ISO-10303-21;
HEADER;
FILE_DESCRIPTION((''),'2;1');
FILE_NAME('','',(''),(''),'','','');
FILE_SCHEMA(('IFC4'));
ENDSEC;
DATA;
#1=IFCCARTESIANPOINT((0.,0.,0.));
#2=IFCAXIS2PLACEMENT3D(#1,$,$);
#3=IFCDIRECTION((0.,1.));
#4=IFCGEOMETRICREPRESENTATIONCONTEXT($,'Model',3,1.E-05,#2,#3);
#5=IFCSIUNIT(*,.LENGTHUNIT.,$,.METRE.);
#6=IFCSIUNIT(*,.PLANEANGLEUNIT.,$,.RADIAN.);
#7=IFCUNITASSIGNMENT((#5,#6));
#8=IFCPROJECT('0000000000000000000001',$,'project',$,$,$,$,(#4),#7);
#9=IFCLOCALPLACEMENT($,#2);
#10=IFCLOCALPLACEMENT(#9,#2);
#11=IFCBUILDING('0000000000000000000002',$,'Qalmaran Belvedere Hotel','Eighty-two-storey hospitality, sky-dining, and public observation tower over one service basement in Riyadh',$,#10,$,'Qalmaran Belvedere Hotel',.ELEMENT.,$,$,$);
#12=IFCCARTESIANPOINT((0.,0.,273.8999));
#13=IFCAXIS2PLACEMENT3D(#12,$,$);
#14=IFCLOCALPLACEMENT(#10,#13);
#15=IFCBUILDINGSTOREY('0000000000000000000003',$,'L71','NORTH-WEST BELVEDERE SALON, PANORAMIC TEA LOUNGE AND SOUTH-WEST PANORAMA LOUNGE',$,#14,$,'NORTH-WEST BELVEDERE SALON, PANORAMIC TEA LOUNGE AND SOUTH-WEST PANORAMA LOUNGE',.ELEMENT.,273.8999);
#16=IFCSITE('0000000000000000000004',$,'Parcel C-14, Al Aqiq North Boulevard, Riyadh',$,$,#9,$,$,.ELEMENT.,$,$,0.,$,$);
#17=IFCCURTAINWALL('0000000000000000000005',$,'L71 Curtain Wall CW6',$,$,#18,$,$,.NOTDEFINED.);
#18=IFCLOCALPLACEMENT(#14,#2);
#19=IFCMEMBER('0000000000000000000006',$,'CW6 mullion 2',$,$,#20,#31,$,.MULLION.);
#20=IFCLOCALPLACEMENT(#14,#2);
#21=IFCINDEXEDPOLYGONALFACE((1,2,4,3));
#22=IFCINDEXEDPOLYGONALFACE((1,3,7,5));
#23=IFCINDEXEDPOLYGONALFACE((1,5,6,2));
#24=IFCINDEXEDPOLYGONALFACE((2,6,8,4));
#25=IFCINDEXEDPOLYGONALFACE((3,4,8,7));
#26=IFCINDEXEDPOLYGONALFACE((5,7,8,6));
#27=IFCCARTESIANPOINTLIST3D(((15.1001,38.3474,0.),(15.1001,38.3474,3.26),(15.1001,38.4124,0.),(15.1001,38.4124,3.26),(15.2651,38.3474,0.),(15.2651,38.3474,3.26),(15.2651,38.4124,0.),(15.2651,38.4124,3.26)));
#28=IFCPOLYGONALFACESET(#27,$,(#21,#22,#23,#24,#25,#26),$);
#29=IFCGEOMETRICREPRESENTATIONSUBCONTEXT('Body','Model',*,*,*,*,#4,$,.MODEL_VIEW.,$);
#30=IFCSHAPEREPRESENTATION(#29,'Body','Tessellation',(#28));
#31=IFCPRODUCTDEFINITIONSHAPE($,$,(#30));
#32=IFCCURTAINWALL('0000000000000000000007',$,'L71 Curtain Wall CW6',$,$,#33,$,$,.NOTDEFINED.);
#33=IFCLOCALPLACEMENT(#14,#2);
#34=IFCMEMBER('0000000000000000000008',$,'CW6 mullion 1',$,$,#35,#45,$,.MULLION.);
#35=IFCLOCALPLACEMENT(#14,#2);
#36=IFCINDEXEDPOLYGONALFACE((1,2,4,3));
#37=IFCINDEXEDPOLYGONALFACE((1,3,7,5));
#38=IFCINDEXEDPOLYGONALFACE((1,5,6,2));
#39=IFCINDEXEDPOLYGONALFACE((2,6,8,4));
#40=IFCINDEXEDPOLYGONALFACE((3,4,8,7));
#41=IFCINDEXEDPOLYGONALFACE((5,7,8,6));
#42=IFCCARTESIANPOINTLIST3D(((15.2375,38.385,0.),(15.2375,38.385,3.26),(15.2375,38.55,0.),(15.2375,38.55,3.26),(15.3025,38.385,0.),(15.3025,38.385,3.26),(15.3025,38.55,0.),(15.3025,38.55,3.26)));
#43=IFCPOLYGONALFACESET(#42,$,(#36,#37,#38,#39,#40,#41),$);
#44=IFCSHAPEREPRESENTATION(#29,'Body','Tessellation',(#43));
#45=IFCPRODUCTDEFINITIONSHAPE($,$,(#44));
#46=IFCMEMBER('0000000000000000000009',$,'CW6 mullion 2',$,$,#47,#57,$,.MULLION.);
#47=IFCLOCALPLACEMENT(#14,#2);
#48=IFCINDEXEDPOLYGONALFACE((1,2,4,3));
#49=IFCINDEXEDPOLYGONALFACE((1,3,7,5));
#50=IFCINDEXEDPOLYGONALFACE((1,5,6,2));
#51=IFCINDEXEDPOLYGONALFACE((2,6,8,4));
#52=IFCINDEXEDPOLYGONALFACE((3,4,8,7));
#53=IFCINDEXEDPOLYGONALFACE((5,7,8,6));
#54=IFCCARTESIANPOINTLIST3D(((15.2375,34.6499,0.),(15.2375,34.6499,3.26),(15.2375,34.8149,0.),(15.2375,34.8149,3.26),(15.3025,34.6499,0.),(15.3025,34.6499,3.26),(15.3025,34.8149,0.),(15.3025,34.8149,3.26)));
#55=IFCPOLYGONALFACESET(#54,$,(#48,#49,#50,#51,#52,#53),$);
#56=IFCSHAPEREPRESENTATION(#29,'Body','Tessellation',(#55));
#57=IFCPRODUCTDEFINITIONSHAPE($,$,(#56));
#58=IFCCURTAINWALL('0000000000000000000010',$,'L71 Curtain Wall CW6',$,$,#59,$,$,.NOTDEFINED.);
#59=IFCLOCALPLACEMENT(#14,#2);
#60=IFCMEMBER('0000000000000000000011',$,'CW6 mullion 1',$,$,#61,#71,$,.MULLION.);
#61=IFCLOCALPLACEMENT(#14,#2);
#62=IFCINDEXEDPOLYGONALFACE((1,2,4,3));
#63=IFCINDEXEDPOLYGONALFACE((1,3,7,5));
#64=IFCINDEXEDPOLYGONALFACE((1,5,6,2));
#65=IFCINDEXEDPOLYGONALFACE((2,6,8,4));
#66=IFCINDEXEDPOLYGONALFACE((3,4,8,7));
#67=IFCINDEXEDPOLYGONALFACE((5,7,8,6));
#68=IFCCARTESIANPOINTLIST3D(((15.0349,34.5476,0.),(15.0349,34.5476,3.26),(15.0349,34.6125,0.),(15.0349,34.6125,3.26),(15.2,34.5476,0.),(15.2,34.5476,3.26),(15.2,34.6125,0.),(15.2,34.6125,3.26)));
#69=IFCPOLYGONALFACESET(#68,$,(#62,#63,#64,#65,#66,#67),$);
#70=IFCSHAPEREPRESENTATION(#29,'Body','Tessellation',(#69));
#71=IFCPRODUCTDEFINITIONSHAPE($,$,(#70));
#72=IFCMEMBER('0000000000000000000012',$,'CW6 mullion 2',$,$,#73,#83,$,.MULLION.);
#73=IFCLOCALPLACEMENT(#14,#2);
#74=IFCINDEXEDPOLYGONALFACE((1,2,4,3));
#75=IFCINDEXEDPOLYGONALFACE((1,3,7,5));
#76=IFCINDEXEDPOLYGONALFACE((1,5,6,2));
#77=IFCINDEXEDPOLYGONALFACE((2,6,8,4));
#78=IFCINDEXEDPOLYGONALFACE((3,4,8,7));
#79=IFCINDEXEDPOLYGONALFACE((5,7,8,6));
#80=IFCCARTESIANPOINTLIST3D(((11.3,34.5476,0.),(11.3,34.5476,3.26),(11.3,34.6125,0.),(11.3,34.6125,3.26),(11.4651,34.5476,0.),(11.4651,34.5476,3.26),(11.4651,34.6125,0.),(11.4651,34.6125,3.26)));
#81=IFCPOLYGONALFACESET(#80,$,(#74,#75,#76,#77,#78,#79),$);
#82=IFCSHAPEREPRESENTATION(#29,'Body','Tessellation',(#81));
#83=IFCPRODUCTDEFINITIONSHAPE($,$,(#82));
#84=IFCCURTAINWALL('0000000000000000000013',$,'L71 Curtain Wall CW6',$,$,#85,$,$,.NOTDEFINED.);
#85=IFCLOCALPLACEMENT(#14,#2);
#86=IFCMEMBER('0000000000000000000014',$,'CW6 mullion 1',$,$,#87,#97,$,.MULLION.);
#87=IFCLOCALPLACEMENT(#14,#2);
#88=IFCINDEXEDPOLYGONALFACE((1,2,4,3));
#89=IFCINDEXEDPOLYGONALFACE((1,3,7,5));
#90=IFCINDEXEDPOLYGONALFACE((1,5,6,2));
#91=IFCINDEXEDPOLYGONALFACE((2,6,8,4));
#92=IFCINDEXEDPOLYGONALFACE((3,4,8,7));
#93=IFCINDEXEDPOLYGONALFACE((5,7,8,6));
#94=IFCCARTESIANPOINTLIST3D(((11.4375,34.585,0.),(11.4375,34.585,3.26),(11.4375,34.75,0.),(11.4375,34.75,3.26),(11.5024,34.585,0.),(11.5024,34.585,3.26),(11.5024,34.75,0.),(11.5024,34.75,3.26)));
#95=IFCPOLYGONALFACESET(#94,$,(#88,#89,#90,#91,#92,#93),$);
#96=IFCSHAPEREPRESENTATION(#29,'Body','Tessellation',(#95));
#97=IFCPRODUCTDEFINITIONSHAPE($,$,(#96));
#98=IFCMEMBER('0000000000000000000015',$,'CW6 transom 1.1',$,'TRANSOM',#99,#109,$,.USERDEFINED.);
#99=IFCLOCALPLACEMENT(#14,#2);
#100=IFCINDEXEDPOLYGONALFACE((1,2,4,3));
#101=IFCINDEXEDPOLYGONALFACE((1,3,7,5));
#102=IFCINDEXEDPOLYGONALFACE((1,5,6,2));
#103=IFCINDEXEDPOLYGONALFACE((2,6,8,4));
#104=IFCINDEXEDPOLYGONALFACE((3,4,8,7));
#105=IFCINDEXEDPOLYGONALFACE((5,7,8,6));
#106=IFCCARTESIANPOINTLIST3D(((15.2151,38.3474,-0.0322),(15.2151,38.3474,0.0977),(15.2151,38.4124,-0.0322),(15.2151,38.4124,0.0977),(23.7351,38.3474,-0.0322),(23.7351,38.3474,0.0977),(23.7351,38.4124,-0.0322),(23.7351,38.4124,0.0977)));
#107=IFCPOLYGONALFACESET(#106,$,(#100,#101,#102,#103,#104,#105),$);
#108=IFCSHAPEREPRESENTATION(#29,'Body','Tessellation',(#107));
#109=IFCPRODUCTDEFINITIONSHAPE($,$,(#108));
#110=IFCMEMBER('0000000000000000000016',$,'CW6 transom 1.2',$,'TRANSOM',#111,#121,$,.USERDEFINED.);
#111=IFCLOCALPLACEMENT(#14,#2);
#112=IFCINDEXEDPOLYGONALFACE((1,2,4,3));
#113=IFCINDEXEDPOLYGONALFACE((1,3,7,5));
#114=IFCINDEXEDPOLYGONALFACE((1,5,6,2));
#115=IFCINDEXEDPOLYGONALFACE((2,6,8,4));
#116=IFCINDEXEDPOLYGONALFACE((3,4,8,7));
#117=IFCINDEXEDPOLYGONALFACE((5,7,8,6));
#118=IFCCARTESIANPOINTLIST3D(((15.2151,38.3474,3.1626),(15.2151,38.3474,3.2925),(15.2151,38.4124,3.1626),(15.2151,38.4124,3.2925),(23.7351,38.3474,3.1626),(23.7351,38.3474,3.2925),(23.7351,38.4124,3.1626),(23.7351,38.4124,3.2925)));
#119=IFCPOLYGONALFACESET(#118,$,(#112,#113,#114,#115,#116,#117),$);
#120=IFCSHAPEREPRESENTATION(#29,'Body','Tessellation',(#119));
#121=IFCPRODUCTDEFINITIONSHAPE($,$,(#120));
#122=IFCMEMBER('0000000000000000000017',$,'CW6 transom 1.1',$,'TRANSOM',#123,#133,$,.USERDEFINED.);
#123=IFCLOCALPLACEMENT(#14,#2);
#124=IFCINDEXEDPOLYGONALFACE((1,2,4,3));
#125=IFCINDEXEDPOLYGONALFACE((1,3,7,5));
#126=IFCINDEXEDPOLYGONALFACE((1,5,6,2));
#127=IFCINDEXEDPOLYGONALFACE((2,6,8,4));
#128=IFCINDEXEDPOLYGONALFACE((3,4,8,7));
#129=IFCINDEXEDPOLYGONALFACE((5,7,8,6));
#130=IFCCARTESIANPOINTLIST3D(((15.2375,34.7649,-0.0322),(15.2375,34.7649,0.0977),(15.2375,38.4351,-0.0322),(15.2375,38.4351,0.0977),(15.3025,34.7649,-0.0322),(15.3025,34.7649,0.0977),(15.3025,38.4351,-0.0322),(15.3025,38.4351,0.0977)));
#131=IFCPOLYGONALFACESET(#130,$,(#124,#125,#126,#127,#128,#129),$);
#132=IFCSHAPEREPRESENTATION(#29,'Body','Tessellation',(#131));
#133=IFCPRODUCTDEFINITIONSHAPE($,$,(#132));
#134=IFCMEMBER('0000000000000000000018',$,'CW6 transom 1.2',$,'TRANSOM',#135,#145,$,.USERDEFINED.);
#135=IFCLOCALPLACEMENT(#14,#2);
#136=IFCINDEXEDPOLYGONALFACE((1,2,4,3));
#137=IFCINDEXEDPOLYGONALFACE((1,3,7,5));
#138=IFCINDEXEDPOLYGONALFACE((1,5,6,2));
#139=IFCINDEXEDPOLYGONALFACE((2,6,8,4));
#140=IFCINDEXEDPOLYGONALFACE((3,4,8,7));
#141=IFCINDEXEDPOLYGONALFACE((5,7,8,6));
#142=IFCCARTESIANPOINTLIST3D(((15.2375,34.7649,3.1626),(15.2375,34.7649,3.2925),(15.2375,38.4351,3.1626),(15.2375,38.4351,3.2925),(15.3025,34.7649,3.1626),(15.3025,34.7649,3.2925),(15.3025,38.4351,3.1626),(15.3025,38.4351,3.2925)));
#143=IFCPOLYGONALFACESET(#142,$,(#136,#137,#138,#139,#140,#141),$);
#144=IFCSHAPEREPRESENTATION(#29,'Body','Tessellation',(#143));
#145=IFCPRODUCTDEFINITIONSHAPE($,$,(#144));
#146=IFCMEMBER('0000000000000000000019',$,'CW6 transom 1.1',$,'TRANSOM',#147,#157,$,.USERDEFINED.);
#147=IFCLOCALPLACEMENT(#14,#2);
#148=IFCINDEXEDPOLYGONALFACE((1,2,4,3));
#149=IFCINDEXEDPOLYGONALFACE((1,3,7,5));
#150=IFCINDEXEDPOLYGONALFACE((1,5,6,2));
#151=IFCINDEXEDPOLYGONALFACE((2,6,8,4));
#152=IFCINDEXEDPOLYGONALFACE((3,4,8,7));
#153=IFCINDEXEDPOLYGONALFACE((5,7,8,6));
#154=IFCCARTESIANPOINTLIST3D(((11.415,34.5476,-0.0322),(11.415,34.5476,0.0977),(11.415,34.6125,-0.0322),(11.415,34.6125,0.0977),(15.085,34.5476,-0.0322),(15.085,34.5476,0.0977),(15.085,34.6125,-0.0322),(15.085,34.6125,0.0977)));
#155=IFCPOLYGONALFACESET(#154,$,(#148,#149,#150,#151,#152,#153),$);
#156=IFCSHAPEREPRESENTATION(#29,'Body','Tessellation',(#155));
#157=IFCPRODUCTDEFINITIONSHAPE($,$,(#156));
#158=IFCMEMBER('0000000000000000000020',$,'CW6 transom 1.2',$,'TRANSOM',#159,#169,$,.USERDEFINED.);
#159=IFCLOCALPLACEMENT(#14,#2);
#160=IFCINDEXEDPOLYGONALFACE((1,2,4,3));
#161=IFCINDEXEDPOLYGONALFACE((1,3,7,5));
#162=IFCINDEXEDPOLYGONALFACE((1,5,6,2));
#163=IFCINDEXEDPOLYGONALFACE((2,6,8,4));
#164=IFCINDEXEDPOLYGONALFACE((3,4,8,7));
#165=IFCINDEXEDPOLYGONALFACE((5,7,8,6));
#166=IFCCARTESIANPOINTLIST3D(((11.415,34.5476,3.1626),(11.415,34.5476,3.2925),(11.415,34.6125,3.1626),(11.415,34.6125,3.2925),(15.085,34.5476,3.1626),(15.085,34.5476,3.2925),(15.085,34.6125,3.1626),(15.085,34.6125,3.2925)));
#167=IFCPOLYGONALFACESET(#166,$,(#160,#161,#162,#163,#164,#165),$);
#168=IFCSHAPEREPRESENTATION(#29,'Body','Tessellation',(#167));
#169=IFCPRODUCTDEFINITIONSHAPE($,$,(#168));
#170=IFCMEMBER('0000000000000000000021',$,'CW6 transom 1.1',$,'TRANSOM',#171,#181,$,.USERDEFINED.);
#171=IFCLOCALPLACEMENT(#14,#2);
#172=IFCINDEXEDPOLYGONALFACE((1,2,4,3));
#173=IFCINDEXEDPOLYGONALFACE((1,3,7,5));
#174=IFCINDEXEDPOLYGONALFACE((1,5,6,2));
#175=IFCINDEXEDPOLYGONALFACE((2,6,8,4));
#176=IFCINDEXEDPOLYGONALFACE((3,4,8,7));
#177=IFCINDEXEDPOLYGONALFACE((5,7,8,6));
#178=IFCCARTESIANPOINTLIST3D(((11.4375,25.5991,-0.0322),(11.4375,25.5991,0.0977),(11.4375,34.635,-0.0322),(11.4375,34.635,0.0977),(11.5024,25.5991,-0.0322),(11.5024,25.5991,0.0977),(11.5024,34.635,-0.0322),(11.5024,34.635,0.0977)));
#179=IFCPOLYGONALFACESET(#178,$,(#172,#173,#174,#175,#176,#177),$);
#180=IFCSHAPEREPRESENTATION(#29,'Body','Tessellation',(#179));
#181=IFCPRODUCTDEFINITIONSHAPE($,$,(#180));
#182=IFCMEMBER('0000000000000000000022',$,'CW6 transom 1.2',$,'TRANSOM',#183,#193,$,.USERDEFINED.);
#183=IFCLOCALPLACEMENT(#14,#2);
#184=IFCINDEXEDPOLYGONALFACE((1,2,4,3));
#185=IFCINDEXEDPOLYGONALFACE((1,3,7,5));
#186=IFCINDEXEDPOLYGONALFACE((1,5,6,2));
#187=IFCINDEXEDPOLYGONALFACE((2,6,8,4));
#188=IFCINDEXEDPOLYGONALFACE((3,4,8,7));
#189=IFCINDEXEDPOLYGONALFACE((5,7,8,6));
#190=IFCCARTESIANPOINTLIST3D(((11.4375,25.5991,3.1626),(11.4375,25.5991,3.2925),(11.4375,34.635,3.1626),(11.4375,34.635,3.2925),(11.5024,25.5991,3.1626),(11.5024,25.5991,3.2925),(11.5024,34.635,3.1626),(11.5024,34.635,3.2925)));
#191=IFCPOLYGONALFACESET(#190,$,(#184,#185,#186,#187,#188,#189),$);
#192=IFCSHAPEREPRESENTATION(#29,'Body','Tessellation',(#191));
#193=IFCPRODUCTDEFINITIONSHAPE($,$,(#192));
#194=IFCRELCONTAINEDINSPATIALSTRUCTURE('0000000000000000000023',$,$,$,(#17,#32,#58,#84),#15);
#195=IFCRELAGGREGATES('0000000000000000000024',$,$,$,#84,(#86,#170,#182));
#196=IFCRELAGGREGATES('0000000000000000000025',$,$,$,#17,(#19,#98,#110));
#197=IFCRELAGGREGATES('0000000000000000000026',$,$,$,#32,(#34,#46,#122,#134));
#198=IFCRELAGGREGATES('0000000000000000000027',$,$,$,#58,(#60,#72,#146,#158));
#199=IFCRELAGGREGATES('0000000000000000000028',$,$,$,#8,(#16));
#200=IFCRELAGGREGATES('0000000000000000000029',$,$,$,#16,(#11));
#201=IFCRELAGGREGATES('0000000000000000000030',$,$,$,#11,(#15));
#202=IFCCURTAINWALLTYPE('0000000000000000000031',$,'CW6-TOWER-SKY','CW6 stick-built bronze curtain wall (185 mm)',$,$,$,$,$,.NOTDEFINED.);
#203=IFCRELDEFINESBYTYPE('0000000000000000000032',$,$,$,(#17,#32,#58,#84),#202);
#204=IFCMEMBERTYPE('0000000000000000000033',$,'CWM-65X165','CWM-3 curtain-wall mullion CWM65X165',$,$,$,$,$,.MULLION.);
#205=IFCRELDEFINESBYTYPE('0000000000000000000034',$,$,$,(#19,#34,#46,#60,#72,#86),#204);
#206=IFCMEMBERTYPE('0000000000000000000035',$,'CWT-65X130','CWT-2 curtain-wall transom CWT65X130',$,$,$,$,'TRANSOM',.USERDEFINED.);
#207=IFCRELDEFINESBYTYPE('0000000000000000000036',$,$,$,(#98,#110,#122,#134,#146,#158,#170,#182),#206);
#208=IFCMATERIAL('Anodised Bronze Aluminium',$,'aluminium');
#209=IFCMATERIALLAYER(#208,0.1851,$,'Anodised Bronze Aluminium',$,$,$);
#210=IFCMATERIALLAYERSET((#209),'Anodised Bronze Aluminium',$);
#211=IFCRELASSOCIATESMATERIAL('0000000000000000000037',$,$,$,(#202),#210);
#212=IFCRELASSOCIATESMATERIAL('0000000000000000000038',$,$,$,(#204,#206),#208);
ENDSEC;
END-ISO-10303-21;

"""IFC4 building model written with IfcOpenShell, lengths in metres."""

from ifc_helpers import new_model, si_unit, direction, frame, origin, origin_2d, place, context, subcontext, project, spatial, rectangle, extrude, material, layer, layer_set, material_profile, profile_set, type_object, element, aggregate, save


model = new_model("IFC4")

# Units and contexts
model_context = context("Model", 3, precision=1e-05, world=origin(), true_north=direction((0.0, 1.0)))
body_context = subcontext(model_context, "Body", "Model", "MODEL_VIEW")
ifc_project = project(units=[si_unit("LENGTHUNIT", "METRE"), si_unit("PLANEANGLEUNIT", "RADIAN")], contexts=[model_context])

# Site, building, storey
site_placement = place(None, origin())
site = spatial("IfcSite", under=ifc_project, at=site_placement, Name="Parcel C-14, Al Aqiq North Boulevard, Riyadh", CompositionType="ELEMENT", RefElevation=0.0)
building_placement = place(site_placement, origin())
building = spatial("IfcBuilding", under=site, at=building_placement, Name="Qalmaran Belvedere Hotel", Description="Eighty-two-storey hospitality, sky-dining, and public observation tower over one service basement in Riyadh", LongName="Qalmaran Belvedere Hotel", CompositionType="ELEMENT")
storey_placement = place(building_placement, frame((0.0, 0.0, 273.8999)))
storey = spatial("IfcBuildingStorey", under=building, at=storey_placement, Name="L71", Description="NORTH-WEST BELVEDERE SALON, PANORAMIC TEA LOUNGE AND SOUTH-WEST PANORAMA LOUNGE", LongName="NORTH-WEST BELVEDERE SALON, PANORAMIC TEA LOUNGE AND SOUTH-WEST PANORAMA LOUNGE", CompositionType="ELEMENT", Elevation=273.8999)

# Curtain walls, members
ifc_material_1 = material(Name="Anodised Bronze Aluminium", Category="aluminium")
ifc_layer_1 = layer(ifc_material_1, 0.1851, Name="Anodised Bronze Aluminium")
ifc_layer_set_1 = layer_set([ifc_layer_1], Name="Anodised Bronze Aluminium")
curtain_wall_type = type_object("IfcCurtainWallType", Name="CW6-TOWER-SKY", Description="CW6 stick-built bronze curtain wall (185 mm)", PredefinedType="NOTDEFINED", material=ifc_layer_set_1)
curtain_wall_1_placement = place(storey_placement, origin())
curtain_wall_1 = element("IfcCurtainWall", 1, at=curtain_wall_1_placement, inside=storey, type_object=curtain_wall_type, Name="L71 Curtain Wall CW6", PredefinedType="NOTDEFINED")
ifc_material_profile_1 = material_profile(ifc_material_1, rectangle(XDim=0.0649, YDim=0.165, at=origin_2d()), Name="CWM65X165")
ifc_profile_set_1 = profile_set([ifc_material_profile_1], Name="Anodised Bronze Aluminium")
member_type_1 = type_object("IfcMemberType", Name="CWM-65X165", Description="CWM-3 curtain-wall mullion CWM65X165", PredefinedType="MULLION", material=ifc_profile_set_1)
member_1_placement = place(storey_placement, frame((15.1826, 38.3799, 0.0), z_axis=(0.0, 0.0, 1.0), x_axis=(0.0, -1.0, 0.0)))
member_1 = element("IfcMember", 2, at=member_1_placement, type_object=member_type_1, Name="CW6 mullion 2", PredefinedType="MULLION", context=body_context, shape_type="SweptSolid", body=[
    extrude(rectangle(XDim=0.0649, YDim=0.165, at=origin_2d()), origin(), (0.0, 0.0, 1.0), 3.26),
])
curtain_wall_2_placement = place(storey_placement, origin())
curtain_wall_2 = element("IfcCurtainWall", 3, at=curtain_wall_2_placement, inside=storey, type_object=curtain_wall_type, Name="L71 Curtain Wall CW6", PredefinedType="NOTDEFINED")
member_2_placement = place(storey_placement, frame((15.27, 38.4675, 0.0), z_axis=(0.0, 0.0, 1.0), x_axis=(1.0, 0.0, 0.0)))
member_2 = element("IfcMember", 4, at=member_2_placement, type_object=member_type_1, Name="CW6 mullion 1", PredefinedType="MULLION", context=body_context, shape_type="SweptSolid", body=[
    extrude(rectangle(XDim=0.0649, YDim=0.165, at=origin_2d()), origin(), (0.0, 0.0, 1.0), 3.26),
])
member_3_placement = place(storey_placement, frame((15.27, 34.7324, 0.0), z_axis=(0.0, 0.0, 1.0), x_axis=(1.0, 0.0, 0.0)))
member_3 = element("IfcMember", 5, at=member_3_placement, type_object=member_type_1, Name="CW6 mullion 2", PredefinedType="MULLION", context=body_context, shape_type="SweptSolid", body=[
    extrude(rectangle(XDim=0.0649, YDim=0.165, at=origin_2d()), origin(), (0.0, 0.0, 1.0), 3.26),
])
curtain_wall_3_placement = place(storey_placement, origin())
curtain_wall_3 = element("IfcCurtainWall", 6, at=curtain_wall_3_placement, inside=storey, type_object=curtain_wall_type, Name="L71 Curtain Wall CW6", PredefinedType="NOTDEFINED")
member_4_placement = place(storey_placement, frame((15.1174, 34.5801, 0.0), z_axis=(0.0, 0.0, 1.0), x_axis=(0.0, -1.0, 0.0)))
member_4 = element("IfcMember", 7, at=member_4_placement, type_object=member_type_1, Name="CW6 mullion 1", PredefinedType="MULLION", context=body_context, shape_type="SweptSolid", body=[
    extrude(rectangle(XDim=0.0649, YDim=0.165, at=origin_2d()), origin(), (0.0, 0.0, 1.0), 3.26),
])
member_5_placement = place(storey_placement, frame((11.3826, 34.5801, 0.0), z_axis=(0.0, 0.0, 1.0), x_axis=(0.0, -1.0, 0.0)))
member_5 = element("IfcMember", 8, at=member_5_placement, type_object=member_type_1, Name="CW6 mullion 2", PredefinedType="MULLION", context=body_context, shape_type="SweptSolid", body=[
    extrude(rectangle(XDim=0.0649, YDim=0.165, at=origin_2d()), origin(), (0.0, 0.0, 1.0), 3.26),
])

# Curtain wall, member
curtain_wall_4_placement = place(storey_placement, origin())
curtain_wall_4 = element("IfcCurtainWall", 9, at=curtain_wall_4_placement, inside=storey, type_object=curtain_wall_type, Name="L71 Curtain Wall CW6", PredefinedType="NOTDEFINED")
member_6_placement = place(storey_placement, frame((11.47, 34.6675, 0.0), z_axis=(0.0, 0.0, 1.0), x_axis=(1.0, 0.0, 0.0)))
member_6 = element("IfcMember", 10, at=member_6_placement, type_object=member_type_1, Name="CW6 mullion 1", PredefinedType="MULLION", context=body_context, shape_type="SweptSolid", body=[
    extrude(rectangle(XDim=0.0649, YDim=0.165, at=origin_2d()), origin(), (0.0, 0.0, 1.0), 3.26),
])

# Members
ifc_material_profile_2 = material_profile(ifc_material_1, rectangle(XDim=0.0649, YDim=0.1299, at=origin_2d()), Name="CWT65X130")
ifc_profile_set_2 = profile_set([ifc_material_profile_2], Name="Anodised Bronze Aluminium")
member_type_2 = type_object("IfcMemberType", Name="CWT-65X130", Description="CWT-2 curtain-wall transom CWT65X130", ElementType="TRANSOM", PredefinedType="USERDEFINED", material=ifc_profile_set_2)
member_7_placement = place(storey_placement, frame((23.7351, 38.3799, 0.0327), z_axis=(-1.0, 0.0, 0.0), x_axis=(0.0, -1.0, 0.0)))
member_7 = element("IfcMember", 11, at=member_7_placement, type_object=member_type_2, Name="CW6 transom 1.1", ObjectType="TRANSOM", PredefinedType="USERDEFINED", context=body_context, shape_type="SweptSolid", body=[
    extrude(rectangle(XDim=0.0649, YDim=0.1299, at=origin_2d()), origin(), (0.0, 0.0, 1.0), 8.52),
])
member_8_placement = place(storey_placement, frame((23.7351, 38.3799, 3.2275), z_axis=(-1.0, 0.0, 0.0), x_axis=(0.0, -1.0, 0.0)))
member_8 = element("IfcMember", 12, at=member_8_placement, type_object=member_type_2, Name="CW6 transom 1.2", ObjectType="TRANSOM", PredefinedType="USERDEFINED", context=body_context, shape_type="SweptSolid", body=[
    extrude(rectangle(XDim=0.0649, YDim=0.1299, at=origin_2d()), origin(), (0.0, 0.0, 1.0), 8.52),
])
member_9_placement = place(storey_placement, frame((15.27, 38.4351, 0.0327), z_axis=(0.0, -1.0, 0.0), x_axis=(1.0, 0.0, 0.0)))
member_9 = element("IfcMember", 13, at=member_9_placement, type_object=member_type_2, Name="CW6 transom 1.1", ObjectType="TRANSOM", PredefinedType="USERDEFINED", context=body_context, shape_type="SweptSolid", body=[
    extrude(rectangle(XDim=0.0649, YDim=0.1299, at=origin_2d()), origin(), (0.0, 0.0, 1.0), 3.6702),
])
member_10_placement = place(storey_placement, frame((15.27, 38.4351, 3.2275), z_axis=(0.0, -1.0, 0.0), x_axis=(1.0, 0.0, 0.0)))
member_10 = element("IfcMember", 14, at=member_10_placement, type_object=member_type_2, Name="CW6 transom 1.2", ObjectType="TRANSOM", PredefinedType="USERDEFINED", context=body_context, shape_type="SweptSolid", body=[
    extrude(rectangle(XDim=0.0649, YDim=0.1299, at=origin_2d()), origin(), (0.0, 0.0, 1.0), 3.6702),
])
member_11_placement = place(storey_placement, frame((15.085, 34.5801, 0.0327), z_axis=(-1.0, 0.0, 0.0), x_axis=(0.0, -1.0, 0.0)))
member_11 = element("IfcMember", 15, at=member_11_placement, type_object=member_type_2, Name="CW6 transom 1.1", ObjectType="TRANSOM", PredefinedType="USERDEFINED", context=body_context, shape_type="SweptSolid", body=[
    extrude(rectangle(XDim=0.0649, YDim=0.1299, at=origin_2d()), origin(), (0.0, 0.0, 1.0), 3.6699),
])
member_12_placement = place(storey_placement, frame((15.085, 34.5801, 3.2275), z_axis=(-1.0, 0.0, 0.0), x_axis=(0.0, -1.0, 0.0)))
member_12 = element("IfcMember", 16, at=member_12_placement, type_object=member_type_2, Name="CW6 transom 1.2", ObjectType="TRANSOM", PredefinedType="USERDEFINED", context=body_context, shape_type="SweptSolid", body=[
    extrude(rectangle(XDim=0.0649, YDim=0.1299, at=origin_2d()), origin(), (0.0, 0.0, 1.0), 3.6699),
])
member_13_placement = place(storey_placement, frame((11.47, 34.635, 0.0327), z_axis=(0.0, -1.0, 0.0), x_axis=(1.0, 0.0, 0.0)))
member_13 = element("IfcMember", 17, at=member_13_placement, type_object=member_type_2, Name="CW6 transom 1.1", ObjectType="TRANSOM", PredefinedType="USERDEFINED", context=body_context, shape_type="SweptSolid", body=[
    extrude(rectangle(XDim=0.0649, YDim=0.1299, at=origin_2d()), origin(), (0.0, 0.0, 1.0), 9.0359),
])
member_14_placement = place(storey_placement, frame((11.47, 34.635, 3.2275), z_axis=(0.0, -1.0, 0.0), x_axis=(1.0, 0.0, 0.0)))
member_14 = element("IfcMember", 18, at=member_14_placement, type_object=member_type_2, Name="CW6 transom 1.2", ObjectType="TRANSOM", PredefinedType="USERDEFINED", context=body_context, shape_type="SweptSolid", body=[
    extrude(rectangle(XDim=0.0649, YDim=0.1299, at=origin_2d()), origin(), (0.0, 0.0, 1.0), 9.0359),
])
aggregate(curtain_wall_4, [member_6, member_13, member_14])

aggregate(curtain_wall_1, [member_1, member_7, member_8])
aggregate(curtain_wall_2, [member_2, member_3, member_9, member_10])
aggregate(curtain_wall_3, [member_4, member_5, member_11, member_12])

save(model, "model.ifc")
